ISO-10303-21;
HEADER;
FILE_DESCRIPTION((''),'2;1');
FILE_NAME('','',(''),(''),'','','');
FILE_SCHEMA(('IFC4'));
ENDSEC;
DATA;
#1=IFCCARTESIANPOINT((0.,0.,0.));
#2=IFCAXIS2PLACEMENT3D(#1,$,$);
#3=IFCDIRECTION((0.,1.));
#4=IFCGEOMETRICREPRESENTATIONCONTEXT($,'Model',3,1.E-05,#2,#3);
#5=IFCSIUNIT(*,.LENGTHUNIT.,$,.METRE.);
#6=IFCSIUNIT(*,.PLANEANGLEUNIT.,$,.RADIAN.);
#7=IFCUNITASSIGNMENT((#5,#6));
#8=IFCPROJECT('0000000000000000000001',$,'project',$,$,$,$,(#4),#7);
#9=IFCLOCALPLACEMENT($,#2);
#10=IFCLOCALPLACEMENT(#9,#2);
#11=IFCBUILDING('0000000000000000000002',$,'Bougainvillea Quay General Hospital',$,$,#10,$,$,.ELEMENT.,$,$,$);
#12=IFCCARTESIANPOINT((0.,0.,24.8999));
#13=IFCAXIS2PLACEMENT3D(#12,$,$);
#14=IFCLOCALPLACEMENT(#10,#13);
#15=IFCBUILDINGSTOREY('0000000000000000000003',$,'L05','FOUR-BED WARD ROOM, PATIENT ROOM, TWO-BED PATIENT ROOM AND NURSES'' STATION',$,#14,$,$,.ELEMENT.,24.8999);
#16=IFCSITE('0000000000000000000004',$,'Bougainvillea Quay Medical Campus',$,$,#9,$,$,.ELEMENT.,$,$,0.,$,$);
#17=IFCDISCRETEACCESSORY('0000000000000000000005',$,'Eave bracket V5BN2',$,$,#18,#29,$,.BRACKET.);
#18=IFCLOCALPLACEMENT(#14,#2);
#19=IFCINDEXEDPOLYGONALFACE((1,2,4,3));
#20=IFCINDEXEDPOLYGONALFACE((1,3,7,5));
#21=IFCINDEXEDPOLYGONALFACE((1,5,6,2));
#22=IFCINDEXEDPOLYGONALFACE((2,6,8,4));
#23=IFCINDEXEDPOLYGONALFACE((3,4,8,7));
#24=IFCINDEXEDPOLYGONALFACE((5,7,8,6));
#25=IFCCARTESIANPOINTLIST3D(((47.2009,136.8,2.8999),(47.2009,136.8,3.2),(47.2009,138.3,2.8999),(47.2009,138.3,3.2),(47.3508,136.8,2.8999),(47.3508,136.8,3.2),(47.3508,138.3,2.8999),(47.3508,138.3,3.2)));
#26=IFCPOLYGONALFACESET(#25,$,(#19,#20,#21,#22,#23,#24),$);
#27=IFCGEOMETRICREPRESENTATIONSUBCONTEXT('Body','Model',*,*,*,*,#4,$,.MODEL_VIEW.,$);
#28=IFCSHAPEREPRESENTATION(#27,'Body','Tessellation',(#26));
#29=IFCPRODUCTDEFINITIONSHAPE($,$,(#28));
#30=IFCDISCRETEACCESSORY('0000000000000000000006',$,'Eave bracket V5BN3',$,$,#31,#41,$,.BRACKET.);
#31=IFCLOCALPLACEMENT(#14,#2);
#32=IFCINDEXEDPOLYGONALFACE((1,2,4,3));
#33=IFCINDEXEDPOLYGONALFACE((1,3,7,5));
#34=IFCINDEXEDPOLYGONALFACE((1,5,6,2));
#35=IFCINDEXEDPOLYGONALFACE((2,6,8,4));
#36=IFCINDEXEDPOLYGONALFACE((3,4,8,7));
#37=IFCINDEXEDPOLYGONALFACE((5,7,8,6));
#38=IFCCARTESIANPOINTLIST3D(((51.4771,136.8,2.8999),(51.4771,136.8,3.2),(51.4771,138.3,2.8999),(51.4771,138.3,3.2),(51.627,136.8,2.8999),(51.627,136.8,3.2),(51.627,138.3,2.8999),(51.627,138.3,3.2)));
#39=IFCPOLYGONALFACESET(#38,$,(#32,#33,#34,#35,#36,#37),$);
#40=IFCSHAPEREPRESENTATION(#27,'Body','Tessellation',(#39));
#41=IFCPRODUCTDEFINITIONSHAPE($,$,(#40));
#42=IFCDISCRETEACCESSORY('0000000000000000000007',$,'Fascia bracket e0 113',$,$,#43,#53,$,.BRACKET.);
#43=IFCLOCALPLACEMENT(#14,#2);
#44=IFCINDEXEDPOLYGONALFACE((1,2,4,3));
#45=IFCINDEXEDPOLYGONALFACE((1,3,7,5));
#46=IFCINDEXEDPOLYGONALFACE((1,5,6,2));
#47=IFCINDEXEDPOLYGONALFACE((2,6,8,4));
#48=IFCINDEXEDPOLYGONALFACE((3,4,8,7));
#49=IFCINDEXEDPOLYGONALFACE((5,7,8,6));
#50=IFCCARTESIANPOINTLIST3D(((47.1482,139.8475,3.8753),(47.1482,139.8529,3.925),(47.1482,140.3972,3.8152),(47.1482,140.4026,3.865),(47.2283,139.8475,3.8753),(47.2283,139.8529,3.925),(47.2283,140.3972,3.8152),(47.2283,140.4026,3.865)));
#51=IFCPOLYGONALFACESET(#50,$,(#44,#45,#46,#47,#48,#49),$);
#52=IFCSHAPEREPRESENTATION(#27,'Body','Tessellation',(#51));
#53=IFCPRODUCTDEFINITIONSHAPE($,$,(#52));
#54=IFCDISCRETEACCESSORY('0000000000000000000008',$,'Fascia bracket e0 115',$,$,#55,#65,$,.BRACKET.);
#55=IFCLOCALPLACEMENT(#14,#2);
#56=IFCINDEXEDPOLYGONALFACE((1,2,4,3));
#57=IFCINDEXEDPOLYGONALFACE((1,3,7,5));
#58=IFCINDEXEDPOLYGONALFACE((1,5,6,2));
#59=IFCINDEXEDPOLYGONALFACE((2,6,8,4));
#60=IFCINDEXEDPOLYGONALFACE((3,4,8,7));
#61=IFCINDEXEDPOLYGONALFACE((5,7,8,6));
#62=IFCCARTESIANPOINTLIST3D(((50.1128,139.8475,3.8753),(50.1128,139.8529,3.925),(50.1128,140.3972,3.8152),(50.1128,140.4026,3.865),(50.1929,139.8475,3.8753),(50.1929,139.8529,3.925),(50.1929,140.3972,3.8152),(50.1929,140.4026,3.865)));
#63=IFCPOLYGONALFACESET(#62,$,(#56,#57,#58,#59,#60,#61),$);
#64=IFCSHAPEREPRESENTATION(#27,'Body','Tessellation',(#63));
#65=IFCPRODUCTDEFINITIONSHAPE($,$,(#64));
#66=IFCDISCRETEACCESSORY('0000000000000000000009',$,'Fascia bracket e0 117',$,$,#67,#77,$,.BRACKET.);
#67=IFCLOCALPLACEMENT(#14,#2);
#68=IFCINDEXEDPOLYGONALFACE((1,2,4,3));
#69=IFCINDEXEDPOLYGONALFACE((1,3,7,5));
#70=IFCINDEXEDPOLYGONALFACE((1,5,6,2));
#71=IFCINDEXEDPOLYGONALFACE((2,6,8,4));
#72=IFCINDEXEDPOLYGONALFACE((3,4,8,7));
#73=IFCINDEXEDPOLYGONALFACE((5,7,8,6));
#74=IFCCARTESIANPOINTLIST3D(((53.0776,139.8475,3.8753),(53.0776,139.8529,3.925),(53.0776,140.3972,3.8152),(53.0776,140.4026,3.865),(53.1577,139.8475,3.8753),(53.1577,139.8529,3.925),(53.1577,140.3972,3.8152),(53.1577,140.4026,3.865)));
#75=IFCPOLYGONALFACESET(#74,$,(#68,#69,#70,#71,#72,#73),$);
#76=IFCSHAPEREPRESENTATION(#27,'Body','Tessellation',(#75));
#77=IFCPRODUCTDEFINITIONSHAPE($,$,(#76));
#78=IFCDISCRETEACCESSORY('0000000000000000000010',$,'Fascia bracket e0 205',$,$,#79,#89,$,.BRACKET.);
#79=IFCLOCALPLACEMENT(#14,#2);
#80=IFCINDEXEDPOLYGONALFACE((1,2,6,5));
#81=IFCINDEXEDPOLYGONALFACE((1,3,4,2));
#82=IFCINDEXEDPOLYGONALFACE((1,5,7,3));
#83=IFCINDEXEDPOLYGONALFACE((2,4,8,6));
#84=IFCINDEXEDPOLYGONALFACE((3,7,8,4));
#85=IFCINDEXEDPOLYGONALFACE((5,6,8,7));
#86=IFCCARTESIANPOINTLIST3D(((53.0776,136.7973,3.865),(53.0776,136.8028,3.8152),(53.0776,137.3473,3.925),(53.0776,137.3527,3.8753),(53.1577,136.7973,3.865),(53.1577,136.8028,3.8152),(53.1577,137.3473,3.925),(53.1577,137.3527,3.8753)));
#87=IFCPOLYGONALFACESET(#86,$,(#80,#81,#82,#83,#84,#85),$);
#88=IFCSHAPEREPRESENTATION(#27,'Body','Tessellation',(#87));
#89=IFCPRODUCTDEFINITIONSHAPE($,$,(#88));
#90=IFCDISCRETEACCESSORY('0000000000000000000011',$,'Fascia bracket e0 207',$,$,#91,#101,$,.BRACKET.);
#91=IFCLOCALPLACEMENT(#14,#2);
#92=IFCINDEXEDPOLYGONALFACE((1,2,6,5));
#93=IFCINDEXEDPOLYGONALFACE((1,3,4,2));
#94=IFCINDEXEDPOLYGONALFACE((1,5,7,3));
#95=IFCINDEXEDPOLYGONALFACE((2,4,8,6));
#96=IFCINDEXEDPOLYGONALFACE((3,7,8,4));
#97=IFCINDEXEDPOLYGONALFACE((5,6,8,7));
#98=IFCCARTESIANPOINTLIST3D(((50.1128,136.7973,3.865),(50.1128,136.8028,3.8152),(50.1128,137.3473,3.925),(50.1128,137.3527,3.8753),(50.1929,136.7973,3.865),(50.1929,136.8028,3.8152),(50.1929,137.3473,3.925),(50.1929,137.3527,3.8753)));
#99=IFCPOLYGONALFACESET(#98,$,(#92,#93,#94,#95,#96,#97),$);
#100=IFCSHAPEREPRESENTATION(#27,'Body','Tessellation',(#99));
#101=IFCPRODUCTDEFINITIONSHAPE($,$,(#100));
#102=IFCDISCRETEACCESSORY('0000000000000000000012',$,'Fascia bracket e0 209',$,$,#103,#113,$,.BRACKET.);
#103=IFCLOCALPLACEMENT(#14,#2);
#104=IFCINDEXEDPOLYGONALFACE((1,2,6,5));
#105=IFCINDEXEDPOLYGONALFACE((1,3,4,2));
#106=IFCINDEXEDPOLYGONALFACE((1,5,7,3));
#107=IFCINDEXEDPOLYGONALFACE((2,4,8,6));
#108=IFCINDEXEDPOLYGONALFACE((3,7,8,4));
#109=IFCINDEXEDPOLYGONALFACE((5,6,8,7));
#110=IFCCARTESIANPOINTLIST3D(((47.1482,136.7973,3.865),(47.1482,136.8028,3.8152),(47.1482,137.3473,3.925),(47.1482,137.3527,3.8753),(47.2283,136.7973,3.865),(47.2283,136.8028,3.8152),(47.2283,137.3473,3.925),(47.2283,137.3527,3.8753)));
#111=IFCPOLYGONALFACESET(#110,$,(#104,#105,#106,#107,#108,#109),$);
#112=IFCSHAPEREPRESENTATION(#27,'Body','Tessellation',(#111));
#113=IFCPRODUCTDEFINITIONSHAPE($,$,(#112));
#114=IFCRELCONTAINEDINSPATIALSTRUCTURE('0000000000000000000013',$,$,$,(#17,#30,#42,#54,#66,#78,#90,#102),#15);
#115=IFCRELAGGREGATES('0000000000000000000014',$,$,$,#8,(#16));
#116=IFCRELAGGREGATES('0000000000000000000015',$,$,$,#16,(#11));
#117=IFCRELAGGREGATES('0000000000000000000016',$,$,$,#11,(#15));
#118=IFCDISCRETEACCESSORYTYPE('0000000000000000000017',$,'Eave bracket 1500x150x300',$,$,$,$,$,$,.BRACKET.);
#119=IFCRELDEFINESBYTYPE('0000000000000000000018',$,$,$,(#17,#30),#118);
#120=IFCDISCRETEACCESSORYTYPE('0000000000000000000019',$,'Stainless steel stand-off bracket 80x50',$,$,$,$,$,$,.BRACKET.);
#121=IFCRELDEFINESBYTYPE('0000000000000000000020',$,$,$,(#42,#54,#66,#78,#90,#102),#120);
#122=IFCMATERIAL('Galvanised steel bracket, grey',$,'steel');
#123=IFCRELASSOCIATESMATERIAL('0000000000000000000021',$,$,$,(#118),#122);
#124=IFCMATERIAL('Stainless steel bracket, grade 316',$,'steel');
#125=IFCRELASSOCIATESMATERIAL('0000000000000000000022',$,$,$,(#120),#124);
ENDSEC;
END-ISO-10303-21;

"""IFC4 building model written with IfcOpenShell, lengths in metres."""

from ifc_helpers import new_model, si_unit, direction, frame, origin, origin_2d, place, context, subcontext, project, spatial, rectangle, extrude, material, material_profile, profile_set, type_object, element, save


model = new_model("IFC4")

# Units and contexts
model_context = context("Model", 3, precision=1e-05, world=origin(), true_north=direction((0.0, 1.0)))
body_context = subcontext(model_context, "Body", "Model", "MODEL_VIEW")
ifc_project = project(units=[si_unit("LENGTHUNIT", "METRE"), si_unit("PLANEANGLEUNIT", "RADIAN")], contexts=[model_context])

# Site, building, storey
site_placement = place(None, origin())
site = spatial("IfcSite", under=ifc_project, at=site_placement, Name="Bougainvillea Quay Medical Campus", CompositionType="ELEMENT", RefElevation=0.0)
building_placement = place(site_placement, origin())
building = spatial("IfcBuilding", under=site, at=building_placement, Name="Bougainvillea Quay General Hospital", CompositionType="ELEMENT")
storey_placement = place(building_placement, frame((0.0, 0.0, 24.8999)))
storey = spatial("IfcBuildingStorey", under=building, at=storey_placement, Name="L05", Description="FOUR-BED WARD ROOM, PATIENT ROOM, TWO-BED PATIENT ROOM AND NURSES' STATION", CompositionType="ELEMENT", Elevation=24.8999)

# Discrete accessories
ifc_material_1 = material(Name="Galvanised steel bracket, grey", Category="steel")
discrete_accessory_type_1 = type_object("IfcDiscreteAccessoryType", Name="Eave bracket 1500x150x300", PredefinedType="BRACKET", material=ifc_material_1)
for number, where, z_axis, x_axis, name in (
    (1, (47.2759, 137.55, 2.8999), (0.0, 0.0, 1.0), (1.0, 0.0, 0.0), "Eave bracket V5BN2"),
    (2, (51.552, 137.55, 2.8999), (0.0, 0.0, 1.0), (1.0, 0.0, 0.0), "Eave bracket V5BN3"),
):
    element("IfcDiscreteAccessory", number, at=place(storey_placement, frame(where, z_axis=z_axis, x_axis=x_axis)), inside=storey, type_object=discrete_accessory_type_1, Name=name, PredefinedType="BRACKET", context=body_context, shape_type="SweptSolid", body=[
        extrude(rectangle(XDim=0.1499, YDim=1.5, at=origin_2d()), origin(), (0.0, 0.0, 1.0), 0.3),
    ])
ifc_material_2 = material(Name="Stainless steel bracket, grade 316", Category="steel")
ifc_material_profile_1 = material_profile(ifc_material_2, rectangle(XDim=0.0801, YDim=0.05, at=origin_2d()))
ifc_profile_set_1 = profile_set([ifc_material_profile_1], Name="Stainless steel bracket, grade 316")
discrete_accessory_type_2 = type_object("IfcDiscreteAccessoryType", Name="Stainless steel stand-off bracket 80x50", PredefinedType="BRACKET", material=ifc_profile_set_1)
for number, where, z_axis, x_axis, name in (
    (3, (47.1882, 140.3999, 3.8401), (0.0, -0.994087, 0.10859), (1.0, 0.0, 0.0), "Fascia bracket e0 113"),
    (4, (50.1528, 140.3999, 3.8401), (0.0, -0.994087, 0.10859), (1.0, 0.0, 0.0), "Fascia bracket e0 115"),
    (5, (53.1177, 140.3999, 3.8401), (0.0, -0.994087, 0.10859), (1.0, 0.0, 0.0), "Fascia bracket e0 117"),
):
    element("IfcDiscreteAccessory", number, at=place(storey_placement, frame(where, z_axis=z_axis, x_axis=x_axis)), inside=storey, type_object=discrete_accessory_type_2, Name=name, PredefinedType="BRACKET", context=body_context, shape_type="SweptSolid", body=[
        extrude(rectangle(XDim=0.0801, YDim=0.05, at=origin_2d()), origin(), (0.0, 0.0, 1.0), 0.553),
    ])
for number, where, z_axis, x_axis, name in (
    (6, (53.1177, 136.8, 3.8401), (0.0, 0.994092, 0.108543), (-1.0, 0.0, 0.0), "Fascia bracket e0 205"),
    (7, (50.1528, 136.8, 3.8401), (0.0, 0.994092, 0.108543), (-1.0, 0.0, 0.0), "Fascia bracket e0 207"),
    (8, (47.1882, 136.8, 3.8401), (0.0, 0.994092, 0.108543), (-1.0, 0.0, 0.0), "Fascia bracket e0 209"),
):
    element("IfcDiscreteAccessory", number, at=place(storey_placement, frame(where, z_axis=z_axis, x_axis=x_axis)), inside=storey, type_object=discrete_accessory_type_2, Name=name, PredefinedType="BRACKET", context=body_context, shape_type="SweptSolid", body=[
        extrude(rectangle(XDim=0.0801, YDim=0.05, at=origin_2d()), origin(), (0.0, 0.0, 1.0), 0.5532),
    ])

save(model, "model.ifc")
